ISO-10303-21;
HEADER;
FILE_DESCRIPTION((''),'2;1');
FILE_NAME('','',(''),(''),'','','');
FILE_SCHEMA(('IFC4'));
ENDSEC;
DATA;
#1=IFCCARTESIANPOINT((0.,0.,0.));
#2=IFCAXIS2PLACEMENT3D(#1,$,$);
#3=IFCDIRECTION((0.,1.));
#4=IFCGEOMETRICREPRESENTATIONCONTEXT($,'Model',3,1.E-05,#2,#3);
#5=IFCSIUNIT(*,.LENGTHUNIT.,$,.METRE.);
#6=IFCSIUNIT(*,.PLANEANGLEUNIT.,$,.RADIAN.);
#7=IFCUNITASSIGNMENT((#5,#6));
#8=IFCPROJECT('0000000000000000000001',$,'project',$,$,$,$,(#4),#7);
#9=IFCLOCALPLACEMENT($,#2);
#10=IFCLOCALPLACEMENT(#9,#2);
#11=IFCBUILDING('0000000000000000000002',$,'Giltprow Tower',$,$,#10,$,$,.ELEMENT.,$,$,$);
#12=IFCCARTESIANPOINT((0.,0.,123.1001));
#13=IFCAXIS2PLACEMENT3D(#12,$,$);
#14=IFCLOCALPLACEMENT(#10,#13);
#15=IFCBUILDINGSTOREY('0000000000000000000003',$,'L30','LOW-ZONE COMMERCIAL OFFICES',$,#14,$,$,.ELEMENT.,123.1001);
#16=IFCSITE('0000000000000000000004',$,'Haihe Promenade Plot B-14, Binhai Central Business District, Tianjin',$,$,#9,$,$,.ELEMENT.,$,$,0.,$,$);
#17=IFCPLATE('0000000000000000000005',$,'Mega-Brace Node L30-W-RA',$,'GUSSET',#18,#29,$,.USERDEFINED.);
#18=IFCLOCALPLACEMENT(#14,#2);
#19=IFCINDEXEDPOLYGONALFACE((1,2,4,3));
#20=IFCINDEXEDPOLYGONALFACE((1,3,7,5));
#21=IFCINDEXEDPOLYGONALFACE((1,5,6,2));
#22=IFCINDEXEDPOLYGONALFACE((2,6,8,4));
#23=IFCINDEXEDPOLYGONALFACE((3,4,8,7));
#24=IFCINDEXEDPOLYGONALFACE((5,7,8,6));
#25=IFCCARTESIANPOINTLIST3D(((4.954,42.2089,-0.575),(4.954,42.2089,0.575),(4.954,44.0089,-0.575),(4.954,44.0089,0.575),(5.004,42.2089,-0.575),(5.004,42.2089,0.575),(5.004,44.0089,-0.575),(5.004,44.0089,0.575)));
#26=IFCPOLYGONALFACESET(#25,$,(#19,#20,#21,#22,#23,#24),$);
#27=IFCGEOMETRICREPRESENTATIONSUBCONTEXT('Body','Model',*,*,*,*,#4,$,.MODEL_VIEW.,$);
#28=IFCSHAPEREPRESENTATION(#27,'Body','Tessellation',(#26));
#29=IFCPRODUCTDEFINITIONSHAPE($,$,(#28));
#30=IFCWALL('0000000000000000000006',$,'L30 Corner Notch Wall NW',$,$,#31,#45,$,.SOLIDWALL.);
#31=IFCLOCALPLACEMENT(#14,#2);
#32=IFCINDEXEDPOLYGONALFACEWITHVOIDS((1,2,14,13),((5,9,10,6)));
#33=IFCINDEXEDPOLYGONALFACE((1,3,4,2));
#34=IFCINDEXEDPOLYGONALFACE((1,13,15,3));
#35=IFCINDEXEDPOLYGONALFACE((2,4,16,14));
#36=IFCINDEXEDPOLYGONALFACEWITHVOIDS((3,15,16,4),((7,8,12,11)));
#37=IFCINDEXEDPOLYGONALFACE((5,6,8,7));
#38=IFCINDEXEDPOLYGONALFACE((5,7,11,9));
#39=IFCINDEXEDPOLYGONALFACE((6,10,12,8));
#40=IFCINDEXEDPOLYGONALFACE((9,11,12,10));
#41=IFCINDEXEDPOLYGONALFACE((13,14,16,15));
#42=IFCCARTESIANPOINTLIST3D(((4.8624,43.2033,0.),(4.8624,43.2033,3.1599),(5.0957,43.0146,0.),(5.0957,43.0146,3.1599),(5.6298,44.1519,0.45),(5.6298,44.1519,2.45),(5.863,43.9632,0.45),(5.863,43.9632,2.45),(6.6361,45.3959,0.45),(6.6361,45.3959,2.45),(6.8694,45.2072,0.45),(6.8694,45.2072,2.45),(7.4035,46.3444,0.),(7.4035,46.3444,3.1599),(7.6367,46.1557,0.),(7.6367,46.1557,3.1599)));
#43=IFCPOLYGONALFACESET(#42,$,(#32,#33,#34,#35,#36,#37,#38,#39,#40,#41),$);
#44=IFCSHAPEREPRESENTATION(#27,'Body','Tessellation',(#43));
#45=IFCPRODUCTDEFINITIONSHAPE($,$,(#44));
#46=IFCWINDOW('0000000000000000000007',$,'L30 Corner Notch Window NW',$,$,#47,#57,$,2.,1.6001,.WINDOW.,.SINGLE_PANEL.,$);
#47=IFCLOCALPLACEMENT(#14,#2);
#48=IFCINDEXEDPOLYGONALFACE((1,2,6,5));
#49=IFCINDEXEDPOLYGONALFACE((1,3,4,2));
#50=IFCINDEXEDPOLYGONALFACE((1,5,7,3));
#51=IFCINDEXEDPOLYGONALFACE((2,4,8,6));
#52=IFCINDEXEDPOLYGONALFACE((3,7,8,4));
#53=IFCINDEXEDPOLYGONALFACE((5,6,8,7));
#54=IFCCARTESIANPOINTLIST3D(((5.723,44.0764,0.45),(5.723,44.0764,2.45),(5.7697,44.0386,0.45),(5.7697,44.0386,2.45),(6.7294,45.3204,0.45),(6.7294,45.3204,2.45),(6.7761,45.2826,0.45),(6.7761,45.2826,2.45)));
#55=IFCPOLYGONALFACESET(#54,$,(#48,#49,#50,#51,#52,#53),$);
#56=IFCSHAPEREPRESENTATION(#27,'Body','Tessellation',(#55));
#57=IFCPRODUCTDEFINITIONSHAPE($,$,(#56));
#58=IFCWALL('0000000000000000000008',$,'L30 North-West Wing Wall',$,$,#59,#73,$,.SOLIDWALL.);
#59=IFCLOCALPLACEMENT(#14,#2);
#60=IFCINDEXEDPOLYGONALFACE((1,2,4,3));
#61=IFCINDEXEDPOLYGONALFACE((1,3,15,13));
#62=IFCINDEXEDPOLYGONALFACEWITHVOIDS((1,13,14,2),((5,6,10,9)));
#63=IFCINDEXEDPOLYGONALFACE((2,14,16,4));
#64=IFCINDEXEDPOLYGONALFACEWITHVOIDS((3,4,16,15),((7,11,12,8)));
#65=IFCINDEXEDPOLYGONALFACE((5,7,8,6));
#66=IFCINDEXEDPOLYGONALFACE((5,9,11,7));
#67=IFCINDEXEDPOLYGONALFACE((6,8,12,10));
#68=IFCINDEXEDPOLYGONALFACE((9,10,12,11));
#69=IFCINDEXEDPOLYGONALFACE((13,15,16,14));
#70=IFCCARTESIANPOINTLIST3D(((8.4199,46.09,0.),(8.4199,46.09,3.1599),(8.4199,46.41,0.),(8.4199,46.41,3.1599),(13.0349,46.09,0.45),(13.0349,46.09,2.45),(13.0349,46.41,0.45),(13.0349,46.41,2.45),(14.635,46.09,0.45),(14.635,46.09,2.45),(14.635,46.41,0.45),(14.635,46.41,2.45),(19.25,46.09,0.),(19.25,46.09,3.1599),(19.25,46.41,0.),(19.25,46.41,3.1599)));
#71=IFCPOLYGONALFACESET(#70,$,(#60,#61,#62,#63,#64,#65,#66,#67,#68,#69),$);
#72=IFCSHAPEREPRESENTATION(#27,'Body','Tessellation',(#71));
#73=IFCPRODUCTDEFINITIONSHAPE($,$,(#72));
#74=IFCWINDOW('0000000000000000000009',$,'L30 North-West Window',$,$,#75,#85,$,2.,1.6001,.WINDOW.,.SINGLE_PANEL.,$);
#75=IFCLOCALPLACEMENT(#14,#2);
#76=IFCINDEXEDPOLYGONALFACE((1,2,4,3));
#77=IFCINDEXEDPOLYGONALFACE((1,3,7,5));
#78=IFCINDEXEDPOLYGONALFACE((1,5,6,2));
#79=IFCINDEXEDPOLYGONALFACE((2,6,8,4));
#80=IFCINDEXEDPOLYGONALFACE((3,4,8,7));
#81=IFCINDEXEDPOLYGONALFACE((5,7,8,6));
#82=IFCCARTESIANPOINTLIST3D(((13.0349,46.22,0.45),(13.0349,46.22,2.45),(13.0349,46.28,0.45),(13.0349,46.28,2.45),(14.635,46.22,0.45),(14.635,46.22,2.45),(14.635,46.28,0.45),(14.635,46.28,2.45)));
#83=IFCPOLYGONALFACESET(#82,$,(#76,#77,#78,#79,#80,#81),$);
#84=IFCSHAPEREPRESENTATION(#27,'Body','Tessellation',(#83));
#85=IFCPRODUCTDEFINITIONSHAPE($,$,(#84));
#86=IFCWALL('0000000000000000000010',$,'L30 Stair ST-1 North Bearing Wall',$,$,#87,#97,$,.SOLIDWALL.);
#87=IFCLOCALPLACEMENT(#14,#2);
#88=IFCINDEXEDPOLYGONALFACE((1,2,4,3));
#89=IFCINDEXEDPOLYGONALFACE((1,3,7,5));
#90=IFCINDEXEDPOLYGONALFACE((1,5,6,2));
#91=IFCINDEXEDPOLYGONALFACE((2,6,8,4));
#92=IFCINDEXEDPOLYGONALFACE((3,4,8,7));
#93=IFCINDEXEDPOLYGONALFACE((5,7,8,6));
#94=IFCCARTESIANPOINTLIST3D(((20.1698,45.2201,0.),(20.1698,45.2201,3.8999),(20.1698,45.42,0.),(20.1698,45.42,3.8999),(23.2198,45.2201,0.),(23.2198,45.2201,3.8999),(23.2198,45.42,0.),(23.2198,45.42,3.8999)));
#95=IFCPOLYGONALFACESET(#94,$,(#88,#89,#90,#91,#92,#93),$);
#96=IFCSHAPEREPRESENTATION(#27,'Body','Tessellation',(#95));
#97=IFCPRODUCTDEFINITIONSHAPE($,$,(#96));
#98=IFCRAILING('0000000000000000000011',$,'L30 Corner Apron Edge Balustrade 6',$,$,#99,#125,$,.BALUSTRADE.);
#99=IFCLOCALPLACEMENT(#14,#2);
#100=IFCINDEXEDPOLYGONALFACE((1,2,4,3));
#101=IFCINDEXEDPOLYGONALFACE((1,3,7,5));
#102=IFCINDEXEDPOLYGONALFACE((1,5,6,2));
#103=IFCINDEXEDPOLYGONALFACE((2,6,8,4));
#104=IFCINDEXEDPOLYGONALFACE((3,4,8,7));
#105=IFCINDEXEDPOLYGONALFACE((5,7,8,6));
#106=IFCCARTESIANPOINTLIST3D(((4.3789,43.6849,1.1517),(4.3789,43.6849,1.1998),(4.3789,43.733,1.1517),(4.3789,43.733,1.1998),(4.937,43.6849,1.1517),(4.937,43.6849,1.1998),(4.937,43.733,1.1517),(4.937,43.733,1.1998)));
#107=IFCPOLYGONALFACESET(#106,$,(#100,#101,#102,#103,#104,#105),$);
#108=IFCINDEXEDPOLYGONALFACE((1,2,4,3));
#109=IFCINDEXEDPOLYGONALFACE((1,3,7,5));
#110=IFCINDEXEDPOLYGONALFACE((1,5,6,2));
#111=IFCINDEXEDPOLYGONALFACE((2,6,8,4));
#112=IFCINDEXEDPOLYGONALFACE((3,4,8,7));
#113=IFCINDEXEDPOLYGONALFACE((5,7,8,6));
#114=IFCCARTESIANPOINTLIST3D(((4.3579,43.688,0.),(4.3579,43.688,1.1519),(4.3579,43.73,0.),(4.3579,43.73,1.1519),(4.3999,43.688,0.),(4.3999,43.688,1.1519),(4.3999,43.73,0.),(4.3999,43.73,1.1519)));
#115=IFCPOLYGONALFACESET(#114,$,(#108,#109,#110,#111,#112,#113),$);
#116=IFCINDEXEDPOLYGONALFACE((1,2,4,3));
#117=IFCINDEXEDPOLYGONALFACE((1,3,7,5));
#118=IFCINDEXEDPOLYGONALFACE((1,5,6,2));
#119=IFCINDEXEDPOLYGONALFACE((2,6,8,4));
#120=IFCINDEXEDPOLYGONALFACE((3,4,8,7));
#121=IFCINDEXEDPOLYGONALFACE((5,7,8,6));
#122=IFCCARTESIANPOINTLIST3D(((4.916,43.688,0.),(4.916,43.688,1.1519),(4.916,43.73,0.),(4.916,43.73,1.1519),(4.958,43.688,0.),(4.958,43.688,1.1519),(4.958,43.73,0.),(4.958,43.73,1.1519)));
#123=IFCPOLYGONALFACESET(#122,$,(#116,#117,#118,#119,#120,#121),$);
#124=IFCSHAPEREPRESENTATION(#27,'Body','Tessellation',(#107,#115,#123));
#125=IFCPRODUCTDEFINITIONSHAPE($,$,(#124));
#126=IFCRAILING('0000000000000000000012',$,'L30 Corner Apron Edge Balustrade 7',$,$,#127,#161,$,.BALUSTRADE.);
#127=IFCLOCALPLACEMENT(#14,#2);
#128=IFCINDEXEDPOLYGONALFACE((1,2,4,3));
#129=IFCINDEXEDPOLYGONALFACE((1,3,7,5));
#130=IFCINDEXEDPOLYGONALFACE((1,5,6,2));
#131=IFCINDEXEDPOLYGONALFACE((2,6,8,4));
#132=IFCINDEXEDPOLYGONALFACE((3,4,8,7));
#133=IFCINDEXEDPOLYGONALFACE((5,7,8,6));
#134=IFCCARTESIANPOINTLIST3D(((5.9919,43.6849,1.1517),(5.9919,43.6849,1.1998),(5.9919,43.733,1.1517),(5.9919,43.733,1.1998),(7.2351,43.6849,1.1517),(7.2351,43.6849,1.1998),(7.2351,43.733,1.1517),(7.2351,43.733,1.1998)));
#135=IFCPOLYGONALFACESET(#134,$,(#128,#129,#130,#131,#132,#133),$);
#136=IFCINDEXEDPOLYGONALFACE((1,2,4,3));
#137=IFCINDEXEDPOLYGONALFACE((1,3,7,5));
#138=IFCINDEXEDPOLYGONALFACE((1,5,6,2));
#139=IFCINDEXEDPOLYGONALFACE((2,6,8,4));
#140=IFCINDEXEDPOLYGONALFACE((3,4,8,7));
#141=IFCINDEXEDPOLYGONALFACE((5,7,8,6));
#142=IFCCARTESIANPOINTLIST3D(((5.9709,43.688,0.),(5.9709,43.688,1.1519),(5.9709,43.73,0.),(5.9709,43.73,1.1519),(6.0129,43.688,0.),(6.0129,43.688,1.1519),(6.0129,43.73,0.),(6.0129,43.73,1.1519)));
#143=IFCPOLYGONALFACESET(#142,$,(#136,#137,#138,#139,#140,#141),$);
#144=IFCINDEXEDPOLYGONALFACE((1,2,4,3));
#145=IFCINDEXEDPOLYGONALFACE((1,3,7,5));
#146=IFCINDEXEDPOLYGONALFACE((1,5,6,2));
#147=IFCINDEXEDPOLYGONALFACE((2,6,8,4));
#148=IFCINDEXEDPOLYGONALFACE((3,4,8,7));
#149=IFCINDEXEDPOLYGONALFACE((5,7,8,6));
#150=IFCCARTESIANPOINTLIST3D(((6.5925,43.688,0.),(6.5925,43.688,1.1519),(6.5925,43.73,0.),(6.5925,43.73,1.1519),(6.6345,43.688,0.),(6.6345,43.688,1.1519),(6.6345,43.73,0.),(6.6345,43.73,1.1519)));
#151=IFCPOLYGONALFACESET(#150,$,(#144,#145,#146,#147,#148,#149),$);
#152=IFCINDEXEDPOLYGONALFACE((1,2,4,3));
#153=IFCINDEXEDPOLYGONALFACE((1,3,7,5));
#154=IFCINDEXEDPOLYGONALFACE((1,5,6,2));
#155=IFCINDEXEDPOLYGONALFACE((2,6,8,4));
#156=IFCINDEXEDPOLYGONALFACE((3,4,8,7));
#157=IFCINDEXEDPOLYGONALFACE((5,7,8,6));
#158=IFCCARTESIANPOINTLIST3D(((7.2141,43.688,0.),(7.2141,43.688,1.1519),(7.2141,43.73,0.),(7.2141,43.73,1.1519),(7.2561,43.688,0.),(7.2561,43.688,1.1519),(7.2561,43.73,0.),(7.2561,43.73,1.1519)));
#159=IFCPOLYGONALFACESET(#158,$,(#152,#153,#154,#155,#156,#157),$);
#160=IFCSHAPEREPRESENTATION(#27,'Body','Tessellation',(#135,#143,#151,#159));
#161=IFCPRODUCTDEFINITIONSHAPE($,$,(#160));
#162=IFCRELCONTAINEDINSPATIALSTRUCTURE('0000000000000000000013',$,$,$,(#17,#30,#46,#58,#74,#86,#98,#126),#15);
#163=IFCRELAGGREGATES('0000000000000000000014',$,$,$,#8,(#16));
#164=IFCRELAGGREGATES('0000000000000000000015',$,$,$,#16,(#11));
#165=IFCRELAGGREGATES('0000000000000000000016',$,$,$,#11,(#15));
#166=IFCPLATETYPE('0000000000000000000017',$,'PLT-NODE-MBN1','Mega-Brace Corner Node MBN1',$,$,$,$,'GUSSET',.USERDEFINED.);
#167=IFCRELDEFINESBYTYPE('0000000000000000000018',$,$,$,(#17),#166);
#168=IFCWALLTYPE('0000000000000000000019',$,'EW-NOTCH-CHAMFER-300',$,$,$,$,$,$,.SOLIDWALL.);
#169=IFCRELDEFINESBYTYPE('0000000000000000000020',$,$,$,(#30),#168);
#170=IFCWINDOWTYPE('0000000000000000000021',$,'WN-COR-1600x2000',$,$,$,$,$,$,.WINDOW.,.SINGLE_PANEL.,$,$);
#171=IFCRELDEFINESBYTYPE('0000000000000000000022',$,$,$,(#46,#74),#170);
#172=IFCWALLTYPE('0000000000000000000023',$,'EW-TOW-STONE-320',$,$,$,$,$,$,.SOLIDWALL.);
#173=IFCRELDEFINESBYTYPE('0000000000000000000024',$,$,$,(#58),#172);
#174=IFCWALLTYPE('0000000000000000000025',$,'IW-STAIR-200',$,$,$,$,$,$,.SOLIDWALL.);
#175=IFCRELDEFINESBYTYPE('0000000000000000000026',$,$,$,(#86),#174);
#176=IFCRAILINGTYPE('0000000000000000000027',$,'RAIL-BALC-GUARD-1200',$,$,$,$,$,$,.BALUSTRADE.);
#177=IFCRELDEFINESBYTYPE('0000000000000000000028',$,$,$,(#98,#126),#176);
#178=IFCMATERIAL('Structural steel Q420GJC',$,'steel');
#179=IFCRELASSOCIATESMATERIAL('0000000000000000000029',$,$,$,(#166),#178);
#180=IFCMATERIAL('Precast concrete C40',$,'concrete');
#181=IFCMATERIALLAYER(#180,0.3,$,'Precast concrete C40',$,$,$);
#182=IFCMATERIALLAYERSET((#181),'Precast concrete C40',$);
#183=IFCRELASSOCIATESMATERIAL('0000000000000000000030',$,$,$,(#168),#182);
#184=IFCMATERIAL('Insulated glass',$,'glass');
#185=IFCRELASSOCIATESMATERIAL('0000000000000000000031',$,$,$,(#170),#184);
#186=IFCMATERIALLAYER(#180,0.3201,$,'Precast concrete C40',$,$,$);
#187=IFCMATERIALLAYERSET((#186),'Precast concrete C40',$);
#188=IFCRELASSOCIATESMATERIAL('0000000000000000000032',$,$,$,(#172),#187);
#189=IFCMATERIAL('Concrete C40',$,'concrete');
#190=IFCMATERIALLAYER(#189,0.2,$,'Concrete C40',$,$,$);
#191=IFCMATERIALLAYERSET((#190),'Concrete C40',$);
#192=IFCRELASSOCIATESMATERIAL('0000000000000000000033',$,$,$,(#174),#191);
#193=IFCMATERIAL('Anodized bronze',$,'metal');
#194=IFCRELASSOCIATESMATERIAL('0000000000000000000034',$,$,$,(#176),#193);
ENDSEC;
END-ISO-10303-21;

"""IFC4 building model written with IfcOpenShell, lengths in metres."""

from ifc_helpers import new_model, si_unit, direction, frame, frame_2d, origin, origin_2d, place, context, subcontext, project, spatial, rectangle, extrude, source, transform, mapped, material, layer, layer_set, type_object, element, fill, save


model = new_model("IFC4")

# Units and contexts
model_context = context("Model", 3, precision=1e-05, world=origin(), true_north=direction((0.0, 1.0)))
body_context = subcontext(model_context, "Body", "Model", "MODEL_VIEW")
ifc_project = project(units=[si_unit("LENGTHUNIT", "METRE"), si_unit("PLANEANGLEUNIT", "RADIAN")], contexts=[model_context])

# Site, building, storey
site_placement = place(None, origin())
site = spatial("IfcSite", under=ifc_project, at=site_placement, Name="Haihe Promenade Plot B-14, Binhai Central Business District, Tianjin", CompositionType="ELEMENT", RefElevation=0.0)
building_placement = place(site_placement, origin())
building = spatial("IfcBuilding", under=site, at=building_placement, Name="Giltprow Tower", CompositionType="ELEMENT")
storey_placement = place(building_placement, frame((0.0, 0.0, 123.1001)))
storey = spatial("IfcBuildingStorey", under=building, at=storey_placement, Name="L30", Description="LOW-ZONE COMMERCIAL OFFICES", CompositionType="ELEMENT", Elevation=123.1001)

# Shared definitions
ifc_material_1 = material(Name="Structural steel Q420GJC", Category="steel")

# Plate
plate_type = type_object("IfcPlateType", Name="PLT-NODE-MBN1", Description="Mega-Brace Corner Node MBN1", ElementType="GUSSET", PredefinedType="USERDEFINED", material=ifc_material_1)
shared_shape_1 = source(origin(), body_context, "Body", "SweptSolid", [
    extrude(rectangle(XDim=1.8, YDim=0.05, at=origin_2d()), origin(), (0.0, 0.0, 1.0), 1.1499),
])
for number, where, z_axis, x_axis, name in (
    (1, (4.979, 43.1089, -0.575), (0.0, 0.0, 1.0), (0.0, 1.0, 0.0), "Mega-Brace Node L30-W-RA"),
):
    element("IfcPlate", number, at=place(storey_placement, frame(where, z_axis=z_axis, x_axis=x_axis)), inside=storey, type_object=plate_type, Name=name, ObjectType="GUSSET", PredefinedType="USERDEFINED", context=body_context, shape_type="MappedRepresentation", body=[
        mapped(shared_shape_1, transform((0.0, 0.0, 0.0), x_axis=(1.0, 0.0, 0.0), y_axis=(0.0, 1.0, 0.0), z_axis=(0.0, 0.0, 1.0), scale=1.0)),
    ])

# Walls, openings, windows
ifc_material_2 = material(Name="Precast concrete C40", Category="concrete")
ifc_layer_1 = layer(ifc_material_2, 0.3, Name="Precast concrete C40")
ifc_layer_set_1 = layer_set([ifc_layer_1], Name="Precast concrete C40")
wall_type_1 = type_object("IfcWallType", Name="EW-NOTCH-CHAMFER-300", PredefinedType="SOLIDWALL", material=ifc_layer_set_1)
wall_1_placement = place(storey_placement, frame((7.52, 46.25, 0.0), z_axis=(0.0, 0.0, 1.0), x_axis=(-0.62893, -0.777462, 0.0)))
wall_1 = element("IfcWall", 2, at=wall_1_placement, inside=storey, type_object=wall_type_1, Name="L30 Corner Notch Wall NW", PredefinedType="SOLIDWALL", context=body_context, shape_type="SweptSolid", body=[
    extrude(rectangle(XDim=4.0403, YDim=0.3, at=frame_2d((2.02, 0.0))), origin(), (0.0, 0.0, 1.0), 3.1599),
])
opening_1_placement = place(wall_1_placement, frame((1.22, 0.0, 0.45)))
opening_1 = element("IfcOpeningElement", 3, at=opening_1_placement, cuts=wall_1, PredefinedType="OPENING", context=body_context, shape_type="SweptSolid", body=[
    extrude(rectangle(XDim=1.6001, YDim=2.0, at=frame_2d((0.8, 1.0))), frame((0.0, 0.1599, 0.0), z_axis=(0.0, -1.0, 0.0), x_axis=(1.0, 0.0, 0.0)), (0.0, 0.0, 1.0), 0.3201),
])
ifc_material_3 = material(Name="Insulated glass", Category="glass")
window_type = type_object("IfcWindowType", Name="WN-COR-1600x2000", PartitioningType="SINGLE_PANEL", PredefinedType="WINDOW", material=ifc_material_3)
shared_shape_2 = source(origin(), body_context, "Body", "SweptSolid", [
    extrude(rectangle(XDim=1.6001, YDim=2.0, at=frame_2d((0.8, 1.0))), frame((0.0, 0.03, 0.0), z_axis=(0.0, -1.0, 0.0), x_axis=(1.0, 0.0, 0.0)), (0.0, 0.0, 1.0), 0.0601),
])
window_1_placement = place(opening_1_placement, origin())
window_1 = element("IfcWindow", 4, at=window_1_placement, inside=storey, type_object=window_type, Name="L30 Corner Notch Window NW", OverallHeight=2.0, OverallWidth=1.6001, PartitioningType="SINGLE_PANEL", PredefinedType="WINDOW", context=body_context, shape_type="MappedRepresentation", body=[
    mapped(shared_shape_2, transform((0.0, 0.0, 0.0), x_axis=(1.0, 0.0, 0.0), y_axis=(0.0, 1.0, 0.0), z_axis=(0.0, 0.0, 1.0), scale=1.0)),
])
fill(opening_1, window_1)
ifc_layer_2 = layer(ifc_material_2, 0.3201, Name="Precast concrete C40")
ifc_layer_set_2 = layer_set([ifc_layer_2], Name="Precast concrete C40")
wall_type_2 = type_object("IfcWallType", Name="EW-TOW-STONE-320", PredefinedType="SOLIDWALL", material=ifc_layer_set_2)
wall_2_placement = place(storey_placement, frame((8.4199, 46.25, 0.0), z_axis=(0.0, 0.0, 1.0), x_axis=(1.0, 0.0, 0.0)))
wall_2 = element("IfcWall", 5, at=wall_2_placement, inside=storey, type_object=wall_type_2, Name="L30 North-West Wing Wall", PredefinedType="SOLIDWALL", context=body_context, shape_type="SweptSolid", body=[
    extrude(rectangle(XDim=10.8301, YDim=0.3201, at=frame_2d((5.415, 0.0))), origin(), (0.0, 0.0, 1.0), 3.1599),
])
opening_2_placement = place(wall_2_placement, frame((4.615, 0.0, 0.45)))
opening_2 = element("IfcOpeningElement", 6, at=opening_2_placement, cuts=wall_2, PredefinedType="OPENING", context=body_context, shape_type="SweptSolid", body=[
    extrude(rectangle(XDim=1.6001, YDim=2.0, at=frame_2d((0.8, 1.0))), frame((0.0, 0.1699, 0.0), z_axis=(0.0, -1.0, 0.0), x_axis=(1.0, 0.0, 0.0)), (0.0, 0.0, 1.0), 0.3401),
])
window_2_placement = place(opening_2_placement, origin())
window_2 = element("IfcWindow", 7, at=window_2_placement, inside=storey, type_object=window_type, Name="L30 North-West Window", OverallHeight=2.0, OverallWidth=1.6001, PartitioningType="SINGLE_PANEL", PredefinedType="WINDOW", context=body_context, shape_type="MappedRepresentation", body=[
    mapped(shared_shape_2, transform((0.0, 0.0, 0.0), x_axis=(1.0, 0.0, 0.0), y_axis=(0.0, 1.0, 0.0), z_axis=(0.0, 0.0, 1.0), scale=1.0)),
])
fill(opening_2, window_2)

# Wall
ifc_material_4 = material(Name="Concrete C40", Category="concrete")
ifc_layer_3 = layer(ifc_material_4, 0.2, Name="Concrete C40")
ifc_layer_set_3 = layer_set([ifc_layer_3], Name="Concrete C40")
wall_type_3 = type_object("IfcWallType", Name="IW-STAIR-200", PredefinedType="SOLIDWALL", material=ifc_layer_set_3)
wall_3_placement = place(storey_placement, frame((20.1699, 45.3201, 0.0), z_axis=(0.0, 0.0, 1.0), x_axis=(1.0, 0.0, 0.0)))
element("IfcWall", 8, at=wall_3_placement, inside=storey, type_object=wall_type_3, Name="L30 Stair ST-1 North Bearing Wall", PredefinedType="SOLIDWALL", context=body_context, shape_type="SweptSolid", body=[
    extrude(rectangle(XDim=3.05, YDim=0.2, at=frame_2d((1.5249, 0.0))), origin(), (0.0, 0.0, 1.0), 3.8999),
])

# Railings
ifc_material_5 = material(Name="Anodized bronze", Category="metal")
railing_type = type_object("IfcRailingType", Name="RAIL-BALC-GUARD-1200", PredefinedType="BALUSTRADE", material=ifc_material_5)
railing_1_placement = place(storey_placement, frame((4.3789, 43.709, 0.0)))
element("IfcRailing", 9, at=railing_1_placement, inside=storey, type_object=railing_type, Name="L30 Corner Apron Edge Balustrade 6", PredefinedType="BALUSTRADE", context=body_context, shape_type="SweptSolid", body=[
    extrude(rectangle(XDim=0.0481, YDim=0.0481, at=origin_2d()), frame((0.0, 0.0, 1.1758), z_axis=(1.0, 0.0, 0.0), x_axis=(0.0, 1.0, 0.0)), (0.0, 0.0, 1.0), 0.5581),
    extrude(rectangle(XDim=0.042, YDim=0.042, at=origin_2d()), origin(), (0.0, 0.0, 1.0), 1.1519),
    extrude(rectangle(XDim=0.042, YDim=0.042, at=origin_2d()), frame((0.5581, 0.0, 0.0)), (0.0, 0.0, 1.0), 1.1519),
])
railing_2_placement = place(storey_placement, frame((5.9919, 43.709, 0.0)))
element("IfcRailing", 10, at=railing_2_placement, inside=storey, type_object=railing_type, Name="L30 Corner Apron Edge Balustrade 7", PredefinedType="BALUSTRADE", context=body_context, shape_type="SweptSolid", body=[
    extrude(rectangle(XDim=0.0481, YDim=0.0481, at=origin_2d()), frame((0.0, 0.0, 1.1758), z_axis=(1.0, 0.0, 0.0), x_axis=(0.0, 1.0, 0.0)), (0.0, 0.0, 1.0), 1.2432),
    extrude(rectangle(XDim=0.042, YDim=0.042, at=origin_2d()), origin(), (0.0, 0.0, 1.0), 1.1519),
    extrude(rectangle(XDim=0.042, YDim=0.042, at=origin_2d()), frame((0.6216, 0.0, 0.0)), (0.0, 0.0, 1.0), 1.1519),
    extrude(rectangle(XDim=0.042, YDim=0.042, at=origin_2d()), frame((1.2432, 0.0, 0.0)), (0.0, 0.0, 1.0), 1.1519),
])

save(model, "model.ifc")
